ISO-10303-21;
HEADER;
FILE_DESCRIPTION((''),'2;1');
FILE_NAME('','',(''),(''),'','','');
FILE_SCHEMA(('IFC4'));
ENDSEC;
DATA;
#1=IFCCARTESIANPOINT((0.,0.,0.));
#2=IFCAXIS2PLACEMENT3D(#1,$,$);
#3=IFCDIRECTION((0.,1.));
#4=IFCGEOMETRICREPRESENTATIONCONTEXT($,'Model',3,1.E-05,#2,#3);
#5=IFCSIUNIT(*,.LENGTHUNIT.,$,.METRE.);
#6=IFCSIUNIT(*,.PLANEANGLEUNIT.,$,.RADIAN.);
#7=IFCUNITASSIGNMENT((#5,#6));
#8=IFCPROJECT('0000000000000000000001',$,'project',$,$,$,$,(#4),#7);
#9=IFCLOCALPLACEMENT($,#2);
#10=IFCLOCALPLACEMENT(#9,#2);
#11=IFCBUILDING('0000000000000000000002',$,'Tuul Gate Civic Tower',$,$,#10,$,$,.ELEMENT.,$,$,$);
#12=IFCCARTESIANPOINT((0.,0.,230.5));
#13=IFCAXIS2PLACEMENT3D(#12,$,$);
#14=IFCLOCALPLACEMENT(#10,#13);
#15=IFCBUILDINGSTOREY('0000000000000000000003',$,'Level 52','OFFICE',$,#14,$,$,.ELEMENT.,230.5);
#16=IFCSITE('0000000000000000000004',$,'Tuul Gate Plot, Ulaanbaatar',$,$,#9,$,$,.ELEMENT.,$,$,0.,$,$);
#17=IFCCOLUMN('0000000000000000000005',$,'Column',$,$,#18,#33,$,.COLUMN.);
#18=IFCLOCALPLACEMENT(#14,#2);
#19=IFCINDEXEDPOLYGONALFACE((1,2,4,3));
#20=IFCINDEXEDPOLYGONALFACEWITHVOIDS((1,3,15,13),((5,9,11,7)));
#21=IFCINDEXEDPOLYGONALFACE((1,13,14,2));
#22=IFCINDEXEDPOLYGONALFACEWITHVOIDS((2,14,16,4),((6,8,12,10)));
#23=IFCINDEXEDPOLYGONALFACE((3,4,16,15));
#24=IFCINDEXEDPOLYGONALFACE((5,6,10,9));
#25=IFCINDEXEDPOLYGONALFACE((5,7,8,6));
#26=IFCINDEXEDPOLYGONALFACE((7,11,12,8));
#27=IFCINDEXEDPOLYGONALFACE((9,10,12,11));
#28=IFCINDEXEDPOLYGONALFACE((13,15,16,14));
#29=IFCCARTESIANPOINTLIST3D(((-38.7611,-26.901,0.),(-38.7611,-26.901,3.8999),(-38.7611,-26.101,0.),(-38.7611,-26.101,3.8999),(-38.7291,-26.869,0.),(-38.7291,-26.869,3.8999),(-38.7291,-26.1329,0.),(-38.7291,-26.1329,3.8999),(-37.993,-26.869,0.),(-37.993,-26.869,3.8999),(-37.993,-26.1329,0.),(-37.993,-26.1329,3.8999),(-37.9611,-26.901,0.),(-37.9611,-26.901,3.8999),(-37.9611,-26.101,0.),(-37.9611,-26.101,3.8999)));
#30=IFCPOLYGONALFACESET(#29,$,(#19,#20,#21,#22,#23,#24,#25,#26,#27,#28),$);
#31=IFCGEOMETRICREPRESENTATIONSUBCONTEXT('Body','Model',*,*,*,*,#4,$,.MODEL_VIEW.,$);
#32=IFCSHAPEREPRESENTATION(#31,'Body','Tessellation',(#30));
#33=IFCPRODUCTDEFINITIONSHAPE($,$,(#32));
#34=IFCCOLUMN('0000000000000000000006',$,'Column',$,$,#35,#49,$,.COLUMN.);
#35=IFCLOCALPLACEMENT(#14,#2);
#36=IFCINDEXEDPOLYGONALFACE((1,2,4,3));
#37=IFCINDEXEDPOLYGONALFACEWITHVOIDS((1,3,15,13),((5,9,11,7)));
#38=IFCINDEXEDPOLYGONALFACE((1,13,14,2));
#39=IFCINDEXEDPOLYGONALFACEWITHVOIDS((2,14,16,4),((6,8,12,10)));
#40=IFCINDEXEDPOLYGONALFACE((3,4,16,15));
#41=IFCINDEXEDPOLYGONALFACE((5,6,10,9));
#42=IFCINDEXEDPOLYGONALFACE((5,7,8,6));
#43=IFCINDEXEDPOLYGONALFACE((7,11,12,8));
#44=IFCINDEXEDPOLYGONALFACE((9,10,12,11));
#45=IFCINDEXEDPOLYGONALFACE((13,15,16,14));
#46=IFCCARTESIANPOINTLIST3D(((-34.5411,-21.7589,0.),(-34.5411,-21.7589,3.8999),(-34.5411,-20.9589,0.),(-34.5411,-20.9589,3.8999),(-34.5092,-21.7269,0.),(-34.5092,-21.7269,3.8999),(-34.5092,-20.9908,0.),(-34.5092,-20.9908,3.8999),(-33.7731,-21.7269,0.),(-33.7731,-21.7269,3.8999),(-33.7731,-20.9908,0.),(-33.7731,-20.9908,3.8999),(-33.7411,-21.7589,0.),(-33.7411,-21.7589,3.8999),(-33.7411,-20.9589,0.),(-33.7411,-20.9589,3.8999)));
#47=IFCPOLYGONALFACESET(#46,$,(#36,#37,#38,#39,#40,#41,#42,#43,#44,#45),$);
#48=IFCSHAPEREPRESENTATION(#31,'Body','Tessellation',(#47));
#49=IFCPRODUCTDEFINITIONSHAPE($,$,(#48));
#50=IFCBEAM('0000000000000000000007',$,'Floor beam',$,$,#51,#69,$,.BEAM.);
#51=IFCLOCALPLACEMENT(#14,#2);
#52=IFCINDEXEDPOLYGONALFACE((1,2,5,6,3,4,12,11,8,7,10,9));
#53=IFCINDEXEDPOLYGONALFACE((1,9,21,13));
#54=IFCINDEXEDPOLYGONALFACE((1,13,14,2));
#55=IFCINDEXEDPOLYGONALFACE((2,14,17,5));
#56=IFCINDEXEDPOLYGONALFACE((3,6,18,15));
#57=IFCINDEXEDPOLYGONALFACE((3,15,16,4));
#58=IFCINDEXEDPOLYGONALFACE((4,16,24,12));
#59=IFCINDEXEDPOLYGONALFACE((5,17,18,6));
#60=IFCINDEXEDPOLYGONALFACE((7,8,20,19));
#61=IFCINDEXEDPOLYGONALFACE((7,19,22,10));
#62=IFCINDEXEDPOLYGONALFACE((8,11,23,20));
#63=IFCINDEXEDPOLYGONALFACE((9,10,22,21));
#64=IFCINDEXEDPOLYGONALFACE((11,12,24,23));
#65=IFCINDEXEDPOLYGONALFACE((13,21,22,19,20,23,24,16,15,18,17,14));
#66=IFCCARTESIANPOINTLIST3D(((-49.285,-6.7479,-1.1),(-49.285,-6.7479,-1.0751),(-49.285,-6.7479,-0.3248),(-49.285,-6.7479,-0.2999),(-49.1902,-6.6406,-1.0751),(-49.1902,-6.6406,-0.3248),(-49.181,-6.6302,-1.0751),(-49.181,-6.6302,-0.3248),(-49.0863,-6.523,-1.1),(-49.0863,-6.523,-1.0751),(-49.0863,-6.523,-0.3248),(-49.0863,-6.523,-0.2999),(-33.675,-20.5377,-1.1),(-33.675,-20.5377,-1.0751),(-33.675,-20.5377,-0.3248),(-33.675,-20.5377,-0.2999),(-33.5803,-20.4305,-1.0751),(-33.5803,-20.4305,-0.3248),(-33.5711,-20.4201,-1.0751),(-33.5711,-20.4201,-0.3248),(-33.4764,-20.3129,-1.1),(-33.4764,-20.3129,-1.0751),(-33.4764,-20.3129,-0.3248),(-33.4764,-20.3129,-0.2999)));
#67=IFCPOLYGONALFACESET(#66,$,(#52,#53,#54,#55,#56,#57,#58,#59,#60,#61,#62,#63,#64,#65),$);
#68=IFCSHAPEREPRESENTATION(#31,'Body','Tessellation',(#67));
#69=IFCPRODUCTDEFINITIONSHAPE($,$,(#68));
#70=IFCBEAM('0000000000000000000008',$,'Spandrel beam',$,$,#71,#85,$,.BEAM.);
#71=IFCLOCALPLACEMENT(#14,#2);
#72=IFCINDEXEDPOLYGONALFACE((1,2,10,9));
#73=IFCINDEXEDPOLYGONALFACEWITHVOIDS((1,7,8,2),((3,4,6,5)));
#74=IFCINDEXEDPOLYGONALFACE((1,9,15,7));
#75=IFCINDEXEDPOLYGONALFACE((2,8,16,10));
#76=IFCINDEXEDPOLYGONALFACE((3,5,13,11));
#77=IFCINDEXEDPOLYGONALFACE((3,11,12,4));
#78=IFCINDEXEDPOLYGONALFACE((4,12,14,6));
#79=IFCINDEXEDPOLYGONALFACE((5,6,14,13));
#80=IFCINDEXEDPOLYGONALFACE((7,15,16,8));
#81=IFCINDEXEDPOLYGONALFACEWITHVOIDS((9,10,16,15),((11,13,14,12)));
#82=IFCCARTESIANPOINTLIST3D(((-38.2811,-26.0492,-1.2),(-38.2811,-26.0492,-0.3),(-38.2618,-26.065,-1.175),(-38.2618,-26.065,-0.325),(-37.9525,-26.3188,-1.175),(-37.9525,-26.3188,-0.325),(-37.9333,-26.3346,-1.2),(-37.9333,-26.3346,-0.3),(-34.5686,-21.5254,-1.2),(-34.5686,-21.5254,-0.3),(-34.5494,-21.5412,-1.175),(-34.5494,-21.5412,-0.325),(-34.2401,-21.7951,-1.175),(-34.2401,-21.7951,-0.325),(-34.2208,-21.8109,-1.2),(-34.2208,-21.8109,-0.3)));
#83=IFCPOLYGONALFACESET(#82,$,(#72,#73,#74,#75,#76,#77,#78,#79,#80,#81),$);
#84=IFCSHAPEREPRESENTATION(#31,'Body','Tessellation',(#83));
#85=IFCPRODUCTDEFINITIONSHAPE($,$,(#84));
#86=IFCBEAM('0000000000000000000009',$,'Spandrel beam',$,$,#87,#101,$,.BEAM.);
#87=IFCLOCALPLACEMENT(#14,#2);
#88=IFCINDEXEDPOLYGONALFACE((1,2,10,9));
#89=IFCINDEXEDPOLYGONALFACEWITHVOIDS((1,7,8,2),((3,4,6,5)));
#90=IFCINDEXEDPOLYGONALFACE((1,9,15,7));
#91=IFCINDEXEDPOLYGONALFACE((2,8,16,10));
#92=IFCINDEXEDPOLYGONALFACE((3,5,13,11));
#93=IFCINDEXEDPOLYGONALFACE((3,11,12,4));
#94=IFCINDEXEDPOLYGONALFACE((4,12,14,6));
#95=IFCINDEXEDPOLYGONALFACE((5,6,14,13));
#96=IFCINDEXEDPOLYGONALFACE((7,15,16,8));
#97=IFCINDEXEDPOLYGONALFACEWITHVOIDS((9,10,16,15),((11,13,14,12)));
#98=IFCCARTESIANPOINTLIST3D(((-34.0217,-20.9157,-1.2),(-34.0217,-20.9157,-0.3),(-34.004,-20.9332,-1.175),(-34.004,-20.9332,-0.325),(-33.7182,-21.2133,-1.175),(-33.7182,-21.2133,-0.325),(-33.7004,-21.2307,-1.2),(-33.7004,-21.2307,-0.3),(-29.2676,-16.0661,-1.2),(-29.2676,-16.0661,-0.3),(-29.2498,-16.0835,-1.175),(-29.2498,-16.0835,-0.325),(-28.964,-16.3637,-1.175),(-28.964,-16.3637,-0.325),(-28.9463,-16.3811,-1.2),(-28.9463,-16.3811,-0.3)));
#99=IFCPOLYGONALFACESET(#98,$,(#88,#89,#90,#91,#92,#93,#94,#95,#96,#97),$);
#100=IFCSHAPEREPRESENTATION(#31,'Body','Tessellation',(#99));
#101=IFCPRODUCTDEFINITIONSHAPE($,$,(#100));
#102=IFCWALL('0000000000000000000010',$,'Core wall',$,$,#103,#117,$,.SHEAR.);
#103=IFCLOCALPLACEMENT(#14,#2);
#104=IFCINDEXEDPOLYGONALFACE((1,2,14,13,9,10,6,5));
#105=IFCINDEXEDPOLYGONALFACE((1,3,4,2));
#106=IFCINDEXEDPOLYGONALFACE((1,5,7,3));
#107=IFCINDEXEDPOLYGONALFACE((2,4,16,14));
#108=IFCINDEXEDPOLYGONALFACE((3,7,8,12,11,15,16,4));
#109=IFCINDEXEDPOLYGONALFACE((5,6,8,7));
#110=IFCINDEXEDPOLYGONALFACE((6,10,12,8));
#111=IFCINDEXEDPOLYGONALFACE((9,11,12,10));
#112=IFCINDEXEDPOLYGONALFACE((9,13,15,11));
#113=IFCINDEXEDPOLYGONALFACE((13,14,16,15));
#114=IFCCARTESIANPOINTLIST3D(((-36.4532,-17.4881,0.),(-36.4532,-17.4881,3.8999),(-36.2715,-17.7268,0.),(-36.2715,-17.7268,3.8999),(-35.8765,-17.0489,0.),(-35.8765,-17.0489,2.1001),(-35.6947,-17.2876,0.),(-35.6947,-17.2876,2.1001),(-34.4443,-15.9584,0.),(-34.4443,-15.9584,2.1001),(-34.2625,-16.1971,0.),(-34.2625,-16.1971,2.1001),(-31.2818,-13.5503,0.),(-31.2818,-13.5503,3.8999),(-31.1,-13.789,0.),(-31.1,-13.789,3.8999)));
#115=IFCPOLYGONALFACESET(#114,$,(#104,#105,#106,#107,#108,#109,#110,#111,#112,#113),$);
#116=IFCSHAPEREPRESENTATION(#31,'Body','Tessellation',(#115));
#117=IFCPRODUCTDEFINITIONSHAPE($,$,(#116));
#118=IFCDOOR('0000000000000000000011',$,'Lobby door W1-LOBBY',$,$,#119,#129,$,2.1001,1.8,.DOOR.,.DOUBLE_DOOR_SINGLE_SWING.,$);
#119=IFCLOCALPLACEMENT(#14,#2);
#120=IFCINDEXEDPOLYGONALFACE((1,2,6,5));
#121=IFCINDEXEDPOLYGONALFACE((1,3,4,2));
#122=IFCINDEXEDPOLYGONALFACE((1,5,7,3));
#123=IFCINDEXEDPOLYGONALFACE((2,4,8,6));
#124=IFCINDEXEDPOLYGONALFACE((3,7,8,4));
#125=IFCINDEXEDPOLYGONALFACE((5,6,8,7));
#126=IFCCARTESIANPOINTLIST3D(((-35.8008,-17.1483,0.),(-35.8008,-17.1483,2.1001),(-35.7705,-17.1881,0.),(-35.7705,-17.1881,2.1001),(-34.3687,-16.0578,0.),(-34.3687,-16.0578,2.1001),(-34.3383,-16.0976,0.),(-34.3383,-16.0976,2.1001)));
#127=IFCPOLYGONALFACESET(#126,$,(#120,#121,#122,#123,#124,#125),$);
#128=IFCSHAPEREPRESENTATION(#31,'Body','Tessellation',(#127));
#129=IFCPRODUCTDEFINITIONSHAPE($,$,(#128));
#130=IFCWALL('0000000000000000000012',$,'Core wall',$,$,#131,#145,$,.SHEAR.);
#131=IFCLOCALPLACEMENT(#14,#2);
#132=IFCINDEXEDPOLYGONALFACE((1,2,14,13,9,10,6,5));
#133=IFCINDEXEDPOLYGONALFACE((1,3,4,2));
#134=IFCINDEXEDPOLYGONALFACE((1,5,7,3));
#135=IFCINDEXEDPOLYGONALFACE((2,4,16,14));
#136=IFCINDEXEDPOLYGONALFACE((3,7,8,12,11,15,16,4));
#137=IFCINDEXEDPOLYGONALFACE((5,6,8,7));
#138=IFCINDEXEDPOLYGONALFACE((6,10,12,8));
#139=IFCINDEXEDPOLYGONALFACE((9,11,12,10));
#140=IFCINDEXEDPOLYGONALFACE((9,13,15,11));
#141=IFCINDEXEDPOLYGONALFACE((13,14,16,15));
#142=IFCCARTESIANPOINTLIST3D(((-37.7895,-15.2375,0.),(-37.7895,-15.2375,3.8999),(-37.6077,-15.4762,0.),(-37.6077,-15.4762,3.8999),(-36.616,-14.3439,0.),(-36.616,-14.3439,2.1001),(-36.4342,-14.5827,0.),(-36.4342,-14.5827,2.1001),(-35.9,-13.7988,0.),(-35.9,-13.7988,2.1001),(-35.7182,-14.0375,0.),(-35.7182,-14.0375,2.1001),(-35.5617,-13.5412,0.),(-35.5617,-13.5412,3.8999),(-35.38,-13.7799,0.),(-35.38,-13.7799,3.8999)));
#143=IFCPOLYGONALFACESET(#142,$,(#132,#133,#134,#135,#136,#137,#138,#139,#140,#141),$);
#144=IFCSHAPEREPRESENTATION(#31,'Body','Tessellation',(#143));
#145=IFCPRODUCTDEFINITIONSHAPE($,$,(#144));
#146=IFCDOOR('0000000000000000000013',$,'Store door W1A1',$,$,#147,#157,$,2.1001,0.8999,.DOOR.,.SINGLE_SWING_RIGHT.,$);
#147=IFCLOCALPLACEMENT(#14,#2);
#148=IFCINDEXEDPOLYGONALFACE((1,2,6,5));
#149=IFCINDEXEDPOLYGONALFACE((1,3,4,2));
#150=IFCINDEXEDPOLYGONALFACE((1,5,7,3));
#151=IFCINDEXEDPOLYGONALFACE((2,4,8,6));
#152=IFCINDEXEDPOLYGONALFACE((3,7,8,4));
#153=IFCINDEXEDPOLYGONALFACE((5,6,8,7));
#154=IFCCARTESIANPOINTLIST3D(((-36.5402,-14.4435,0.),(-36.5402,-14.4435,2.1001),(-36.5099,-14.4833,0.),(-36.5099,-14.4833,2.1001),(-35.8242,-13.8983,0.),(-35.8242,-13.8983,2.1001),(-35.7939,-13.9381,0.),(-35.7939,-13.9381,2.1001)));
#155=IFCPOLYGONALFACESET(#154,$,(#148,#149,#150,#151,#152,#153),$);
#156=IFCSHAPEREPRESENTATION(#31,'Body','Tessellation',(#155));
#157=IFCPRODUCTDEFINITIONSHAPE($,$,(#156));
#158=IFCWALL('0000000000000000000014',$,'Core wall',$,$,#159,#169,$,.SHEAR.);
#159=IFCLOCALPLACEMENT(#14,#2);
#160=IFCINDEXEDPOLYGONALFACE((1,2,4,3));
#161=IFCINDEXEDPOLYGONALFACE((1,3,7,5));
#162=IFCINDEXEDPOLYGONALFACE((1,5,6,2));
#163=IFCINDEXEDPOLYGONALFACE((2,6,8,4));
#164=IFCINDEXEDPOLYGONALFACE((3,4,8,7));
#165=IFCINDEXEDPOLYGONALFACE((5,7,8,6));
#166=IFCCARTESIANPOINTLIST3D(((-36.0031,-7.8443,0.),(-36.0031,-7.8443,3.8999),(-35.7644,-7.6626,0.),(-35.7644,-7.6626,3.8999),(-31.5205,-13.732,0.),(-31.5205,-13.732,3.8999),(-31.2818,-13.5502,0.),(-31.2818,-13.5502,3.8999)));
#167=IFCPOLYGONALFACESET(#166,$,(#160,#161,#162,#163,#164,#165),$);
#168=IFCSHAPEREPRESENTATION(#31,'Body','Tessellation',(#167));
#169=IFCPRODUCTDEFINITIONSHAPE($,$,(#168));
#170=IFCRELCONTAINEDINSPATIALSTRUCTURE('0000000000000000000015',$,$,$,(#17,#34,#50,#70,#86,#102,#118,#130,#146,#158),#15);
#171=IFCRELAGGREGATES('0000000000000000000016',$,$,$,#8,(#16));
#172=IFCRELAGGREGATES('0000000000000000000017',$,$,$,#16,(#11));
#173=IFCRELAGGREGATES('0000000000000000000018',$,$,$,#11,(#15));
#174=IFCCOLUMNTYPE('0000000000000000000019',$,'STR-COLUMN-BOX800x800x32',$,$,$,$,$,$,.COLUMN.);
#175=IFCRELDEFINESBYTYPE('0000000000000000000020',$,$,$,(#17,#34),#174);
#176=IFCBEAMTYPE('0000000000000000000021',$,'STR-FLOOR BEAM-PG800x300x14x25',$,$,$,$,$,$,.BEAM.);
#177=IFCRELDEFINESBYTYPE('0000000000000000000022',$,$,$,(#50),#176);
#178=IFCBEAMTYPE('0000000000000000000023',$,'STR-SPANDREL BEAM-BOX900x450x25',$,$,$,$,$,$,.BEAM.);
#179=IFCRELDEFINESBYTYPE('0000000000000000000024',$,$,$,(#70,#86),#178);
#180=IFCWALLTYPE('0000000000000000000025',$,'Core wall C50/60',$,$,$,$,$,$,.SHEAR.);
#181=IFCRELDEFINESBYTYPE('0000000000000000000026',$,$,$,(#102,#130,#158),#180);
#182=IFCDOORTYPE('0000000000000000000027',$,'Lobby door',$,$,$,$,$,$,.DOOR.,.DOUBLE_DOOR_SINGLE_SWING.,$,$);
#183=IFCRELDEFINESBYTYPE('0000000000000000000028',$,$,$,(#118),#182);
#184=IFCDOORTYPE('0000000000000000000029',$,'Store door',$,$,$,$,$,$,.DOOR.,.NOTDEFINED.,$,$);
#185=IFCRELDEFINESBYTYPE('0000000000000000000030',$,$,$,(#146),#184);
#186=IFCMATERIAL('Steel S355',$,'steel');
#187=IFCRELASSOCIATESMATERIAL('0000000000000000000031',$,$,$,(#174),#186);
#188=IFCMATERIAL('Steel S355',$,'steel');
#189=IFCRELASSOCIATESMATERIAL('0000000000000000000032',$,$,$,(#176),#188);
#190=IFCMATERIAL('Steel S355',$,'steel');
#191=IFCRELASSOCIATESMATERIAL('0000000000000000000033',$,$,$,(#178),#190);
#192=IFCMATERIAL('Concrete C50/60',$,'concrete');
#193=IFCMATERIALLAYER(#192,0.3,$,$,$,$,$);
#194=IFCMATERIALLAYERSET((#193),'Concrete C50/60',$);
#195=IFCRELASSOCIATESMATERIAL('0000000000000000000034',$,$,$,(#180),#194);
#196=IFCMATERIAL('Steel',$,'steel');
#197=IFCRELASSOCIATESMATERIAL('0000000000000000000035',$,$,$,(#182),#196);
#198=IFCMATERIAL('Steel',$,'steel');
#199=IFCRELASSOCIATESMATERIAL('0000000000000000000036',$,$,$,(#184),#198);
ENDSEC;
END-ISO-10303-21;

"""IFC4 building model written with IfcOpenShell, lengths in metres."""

from ifc_helpers import new_model, si_unit, direction, frame, frame_2d, origin, origin_2d, place, context, subcontext, project, spatial, rectangle, hollow_rectangle, i_section, extrude, material, layer, layer_set, material_profile, profile_set, type_object, element, fill, save


model = new_model("IFC4")

# Units and contexts
model_context = context("Model", 3, precision=1e-05, world=origin(), true_north=direction((0.0, 1.0)))
body_context = subcontext(model_context, "Body", "Model", "MODEL_VIEW")
ifc_project = project(units=[si_unit("LENGTHUNIT", "METRE"), si_unit("PLANEANGLEUNIT", "RADIAN")], contexts=[model_context])

# Site, building, storey
site_placement = place(None, origin())
site = spatial("IfcSite", under=ifc_project, at=site_placement, Name="Tuul Gate Plot, Ulaanbaatar", CompositionType="ELEMENT", RefElevation=0.0)
building_placement = place(site_placement, origin())
building = spatial("IfcBuilding", under=site, at=building_placement, Name="Tuul Gate Civic Tower", CompositionType="ELEMENT")
storey_placement = place(building_placement, frame((0.0, 0.0, 230.5)))
storey = spatial("IfcBuildingStorey", under=building, at=storey_placement, Name="Level 52", Description="OFFICE", CompositionType="ELEMENT", Elevation=230.5)

# Columns
ifc_material_1 = material(Name="Steel S355", Category="steel")
ifc_material_profile_1 = material_profile(ifc_material_1, hollow_rectangle(XDim=0.8, YDim=0.8, WallThickness=0.032, at=origin_2d()), Name="BOX800x800x32")
ifc_profile_set_1 = profile_set([ifc_material_profile_1], Name="Steel S355")
column_type = type_object("IfcColumnType", Name="STR-COLUMN-BOX800x800x32", PredefinedType="COLUMN", material=ifc_profile_set_1)
for number, where, z_axis, x_axis, name in (
    (1, (-38.3611, -26.501, 0.0), (0.0, 0.0, 1.0), (1.0, 0.0, 0.0), "Column"),
    (2, (-34.1411, -21.3589, 0.0), (0.0, 0.0, 1.0), (1.0, 0.0, 0.0), "Column"),
):
    element("IfcColumn", number, at=place(storey_placement, frame(where, z_axis=z_axis, x_axis=x_axis)), inside=storey, type_object=column_type, Name=name, PredefinedType="COLUMN", context=body_context, shape_type="SweptSolid", body=[
        extrude(hollow_rectangle(XDim=0.8, YDim=0.8, WallThickness=0.032, at=origin_2d()), origin(), (0.0, 0.0, 1.0), 3.8999),
    ])

# Beams
ifc_material_2 = material(Name="Steel S355", Category="steel")
ifc_material_profile_2 = material_profile(ifc_material_2, i_section(OverallWidth=0.3, OverallDepth=0.8, WebThickness=0.0139, FlangeThickness=0.0249, at=origin_2d()), Name="PG800x300x14x25")
ifc_profile_set_2 = profile_set([ifc_material_profile_2], Name="Steel S355")
beam_type_1 = type_object("IfcBeamType", Name="STR-FLOOR BEAM-PG800x300x14x25", PredefinedType="BEAM", material=ifc_profile_set_2)
beam_1_placement = place(storey_placement, frame((-33.5757, -20.4253, -0.7), z_axis=(-0.749447, 0.662064, 0.0), x_axis=(-0.662064, -0.749447, 0.0)))
element("IfcBeam", 3, at=beam_1_placement, inside=storey, type_object=beam_type_1, Name="Floor beam", PredefinedType="BEAM", context=body_context, shape_type="SweptSolid", body=[
    extrude(i_section(OverallWidth=0.3, OverallDepth=0.8, WebThickness=0.0139, FlangeThickness=0.0249, at=origin_2d()), origin(), (0.0, 0.0, 1.0), 20.8286),
])
ifc_material_3 = material(Name="Steel S355", Category="steel")
ifc_material_profile_3 = material_profile(ifc_material_3, hollow_rectangle(XDim=0.45, YDim=0.8999, WallThickness=0.0249, at=origin_2d()), Name="BOX900x450x25")
ifc_profile_set_3 = profile_set([ifc_material_profile_3], Name="Steel S355")
beam_type_2 = type_object("IfcBeamType", Name="STR-SPANDREL BEAM-BOX900x450x25", PredefinedType="BEAM", material=ifc_profile_set_3)
beam_2_placement = place(storey_placement, frame((-38.1072, -26.1919, -0.75), z_axis=(0.634384, 0.773018, 0.0), x_axis=(-0.773018, 0.634384, 0.0)))
element("IfcBeam", 4, at=beam_2_placement, inside=storey, type_object=beam_type_2, Name="Spandrel beam", PredefinedType="BEAM", context=body_context, shape_type="SweptSolid", body=[
    extrude(hollow_rectangle(XDim=0.45, YDim=0.8999, WallThickness=0.0249, at=origin_2d()), origin(), (0.0, 0.0, 1.0), 5.8521),
])
beam_3_placement = place(storey_placement, frame((-33.8611, -21.0732, -0.75), z_axis=(0.700044, 0.7141, 0.0), x_axis=(-0.7141, 0.700044, 0.0)))
element("IfcBeam", 5, at=beam_3_placement, inside=storey, type_object=beam_type_2, Name="Spandrel beam", PredefinedType="BEAM", context=body_context, shape_type="SweptSolid", body=[
    extrude(hollow_rectangle(XDim=0.45, YDim=0.8999, WallThickness=0.0249, at=origin_2d()), origin(), (0.0, 0.0, 1.0), 6.7913),
])

# Walls, openings, doors
ifc_material_4 = material(Name="Concrete C50/60", Category="concrete")
ifc_layer_1 = layer(ifc_material_4, 0.3)
ifc_layer_set_1 = layer_set([ifc_layer_1], Name="Concrete C50/60")
wall_type_1 = type_object("IfcWallType", Name="Core wall C50/60", PredefinedType="SHEAR", material=ifc_layer_set_1)
wall_1_placement = place(storey_placement, frame((-31.1909, -13.6697, 0.0), z_axis=(0.0, 0.0, 1.0), x_axis=(-0.795607, -0.605813, 0.0)))
wall_1 = element("IfcWall", 6, at=wall_1_placement, inside=storey, type_object=wall_type_1, Name="Core wall", PredefinedType="SHEAR", context=body_context, shape_type="SweptSolid", body=[
    extrude(rectangle(XDim=6.5, YDim=0.3, at=frame_2d((3.25, 0.0))), origin(), (0.0, 0.0, 1.0), 3.8999),
])
opening_1_placement = place(wall_1_placement, frame((3.9751, 0.0, 0.0)))
opening_1 = element("IfcOpeningElement", 7, at=opening_1_placement, cuts=wall_1, PredefinedType="OPENING", context=body_context, shape_type="SweptSolid", body=[
    extrude(rectangle(XDim=1.8, YDim=2.1001, at=frame_2d((0.8999, 1.05))), frame((0.0, 0.1602, 0.0), z_axis=(0.0, -1.0, 0.0), x_axis=(1.0, 0.0, 0.0)), (0.0, 0.0, 1.0), 0.3201),
])
ifc_material_5 = material(Name="Steel", Category="steel")
door_type_1 = type_object("IfcDoorType", Name="Lobby door", OperationType="DOUBLE_DOOR_SINGLE_SWING", PredefinedType="DOOR", material=ifc_material_5)
door_1_placement = place(opening_1_placement, origin())
door_1 = element("IfcDoor", 8, at=door_1_placement, inside=storey, type_object=door_type_1, Name="Lobby door W1-LOBBY", OperationType="DOUBLE_DOOR_SINGLE_SWING", OverallHeight=2.1001, OverallWidth=1.8, PredefinedType="DOOR", context=body_context, shape_type="SweptSolid", body=[
    extrude(rectangle(XDim=1.8, YDim=2.1001, at=frame_2d((0.8999, 1.05))), frame((0.0, 0.0249, 0.0), z_axis=(0.0, -1.0, 0.0), x_axis=(1.0, 0.0, 0.0)), (0.0, 0.0, 1.0), 0.05),
])
fill(opening_1, door_1)
wall_2_placement = place(storey_placement, frame((-35.4709, -13.6606, 0.0), z_axis=(0.0, 0.0, 1.0), x_axis=(-0.795616, -0.605802, 0.0)))
wall_2 = element("IfcWall", 9, at=wall_2_placement, inside=storey, type_object=wall_type_1, Name="Core wall", PredefinedType="SHEAR", context=body_context, shape_type="SweptSolid", body=[
    extrude(rectangle(XDim=2.8, YDim=0.3, at=frame_2d((1.3999, 0.0))), origin(), (0.0, 0.0, 1.0), 3.8999),
])
opening_2_placement = place(wall_2_placement, frame((0.425, 0.0, 0.0)))
opening_2 = element("IfcOpeningElement", 10, at=opening_2_placement, cuts=wall_2, PredefinedType="OPENING", context=body_context, shape_type="SweptSolid", body=[
    extrude(rectangle(XDim=0.8999, YDim=2.1001, at=frame_2d((0.45, 1.05))), frame((0.0, 0.1602, 0.0), z_axis=(0.0, -1.0, 0.0), x_axis=(1.0, 0.0, 0.0)), (0.0, 0.0, 1.0), 0.3201),
])
ifc_material_6 = material(Name="Steel", Category="steel")
door_type_2 = type_object("IfcDoorType", Name="Store door", OperationType="NOTDEFINED", PredefinedType="DOOR", material=ifc_material_6)
door_2_placement = place(opening_2_placement, frame((0.8999, 0.0, 0.0), z_axis=(0.0, 0.0, 1.0), x_axis=(-1.0, 0.0, 0.0)))
door_2 = element("IfcDoor", 11, at=door_2_placement, inside=storey, type_object=door_type_2, Name="Store door W1A1", OperationType="SINGLE_SWING_RIGHT", OverallHeight=2.1001, OverallWidth=0.8999, PredefinedType="DOOR", context=body_context, shape_type="SweptSolid", body=[
    extrude(rectangle(XDim=0.8999, YDim=2.1001, at=frame_2d((0.45, 1.05))), frame((0.0, 0.0249, 0.0), z_axis=(0.0, -1.0, 0.0), x_axis=(1.0, 0.0, 0.0)), (0.0, 0.0, 1.0), 0.05),
])
fill(opening_2, door_2)

# Wall
wall_3_placement = place(storey_placement, frame((-31.4011, -13.6411, 0.0), z_axis=(0.0, 0.0, 1.0), x_axis=(-0.60577, 0.79564, 0.0)))
element("IfcWall", 12, at=wall_3_placement, inside=storey, type_object=wall_type_1, Name="Core wall", PredefinedType="SHEAR", context=body_context, shape_type="SweptSolid", body=[
    extrude(rectangle(XDim=7.3999, YDim=0.3, at=frame_2d((3.7, 0.0))), origin(), (0.0, 0.0, 1.0), 3.8999),
])

save(model, "model.ifc")
